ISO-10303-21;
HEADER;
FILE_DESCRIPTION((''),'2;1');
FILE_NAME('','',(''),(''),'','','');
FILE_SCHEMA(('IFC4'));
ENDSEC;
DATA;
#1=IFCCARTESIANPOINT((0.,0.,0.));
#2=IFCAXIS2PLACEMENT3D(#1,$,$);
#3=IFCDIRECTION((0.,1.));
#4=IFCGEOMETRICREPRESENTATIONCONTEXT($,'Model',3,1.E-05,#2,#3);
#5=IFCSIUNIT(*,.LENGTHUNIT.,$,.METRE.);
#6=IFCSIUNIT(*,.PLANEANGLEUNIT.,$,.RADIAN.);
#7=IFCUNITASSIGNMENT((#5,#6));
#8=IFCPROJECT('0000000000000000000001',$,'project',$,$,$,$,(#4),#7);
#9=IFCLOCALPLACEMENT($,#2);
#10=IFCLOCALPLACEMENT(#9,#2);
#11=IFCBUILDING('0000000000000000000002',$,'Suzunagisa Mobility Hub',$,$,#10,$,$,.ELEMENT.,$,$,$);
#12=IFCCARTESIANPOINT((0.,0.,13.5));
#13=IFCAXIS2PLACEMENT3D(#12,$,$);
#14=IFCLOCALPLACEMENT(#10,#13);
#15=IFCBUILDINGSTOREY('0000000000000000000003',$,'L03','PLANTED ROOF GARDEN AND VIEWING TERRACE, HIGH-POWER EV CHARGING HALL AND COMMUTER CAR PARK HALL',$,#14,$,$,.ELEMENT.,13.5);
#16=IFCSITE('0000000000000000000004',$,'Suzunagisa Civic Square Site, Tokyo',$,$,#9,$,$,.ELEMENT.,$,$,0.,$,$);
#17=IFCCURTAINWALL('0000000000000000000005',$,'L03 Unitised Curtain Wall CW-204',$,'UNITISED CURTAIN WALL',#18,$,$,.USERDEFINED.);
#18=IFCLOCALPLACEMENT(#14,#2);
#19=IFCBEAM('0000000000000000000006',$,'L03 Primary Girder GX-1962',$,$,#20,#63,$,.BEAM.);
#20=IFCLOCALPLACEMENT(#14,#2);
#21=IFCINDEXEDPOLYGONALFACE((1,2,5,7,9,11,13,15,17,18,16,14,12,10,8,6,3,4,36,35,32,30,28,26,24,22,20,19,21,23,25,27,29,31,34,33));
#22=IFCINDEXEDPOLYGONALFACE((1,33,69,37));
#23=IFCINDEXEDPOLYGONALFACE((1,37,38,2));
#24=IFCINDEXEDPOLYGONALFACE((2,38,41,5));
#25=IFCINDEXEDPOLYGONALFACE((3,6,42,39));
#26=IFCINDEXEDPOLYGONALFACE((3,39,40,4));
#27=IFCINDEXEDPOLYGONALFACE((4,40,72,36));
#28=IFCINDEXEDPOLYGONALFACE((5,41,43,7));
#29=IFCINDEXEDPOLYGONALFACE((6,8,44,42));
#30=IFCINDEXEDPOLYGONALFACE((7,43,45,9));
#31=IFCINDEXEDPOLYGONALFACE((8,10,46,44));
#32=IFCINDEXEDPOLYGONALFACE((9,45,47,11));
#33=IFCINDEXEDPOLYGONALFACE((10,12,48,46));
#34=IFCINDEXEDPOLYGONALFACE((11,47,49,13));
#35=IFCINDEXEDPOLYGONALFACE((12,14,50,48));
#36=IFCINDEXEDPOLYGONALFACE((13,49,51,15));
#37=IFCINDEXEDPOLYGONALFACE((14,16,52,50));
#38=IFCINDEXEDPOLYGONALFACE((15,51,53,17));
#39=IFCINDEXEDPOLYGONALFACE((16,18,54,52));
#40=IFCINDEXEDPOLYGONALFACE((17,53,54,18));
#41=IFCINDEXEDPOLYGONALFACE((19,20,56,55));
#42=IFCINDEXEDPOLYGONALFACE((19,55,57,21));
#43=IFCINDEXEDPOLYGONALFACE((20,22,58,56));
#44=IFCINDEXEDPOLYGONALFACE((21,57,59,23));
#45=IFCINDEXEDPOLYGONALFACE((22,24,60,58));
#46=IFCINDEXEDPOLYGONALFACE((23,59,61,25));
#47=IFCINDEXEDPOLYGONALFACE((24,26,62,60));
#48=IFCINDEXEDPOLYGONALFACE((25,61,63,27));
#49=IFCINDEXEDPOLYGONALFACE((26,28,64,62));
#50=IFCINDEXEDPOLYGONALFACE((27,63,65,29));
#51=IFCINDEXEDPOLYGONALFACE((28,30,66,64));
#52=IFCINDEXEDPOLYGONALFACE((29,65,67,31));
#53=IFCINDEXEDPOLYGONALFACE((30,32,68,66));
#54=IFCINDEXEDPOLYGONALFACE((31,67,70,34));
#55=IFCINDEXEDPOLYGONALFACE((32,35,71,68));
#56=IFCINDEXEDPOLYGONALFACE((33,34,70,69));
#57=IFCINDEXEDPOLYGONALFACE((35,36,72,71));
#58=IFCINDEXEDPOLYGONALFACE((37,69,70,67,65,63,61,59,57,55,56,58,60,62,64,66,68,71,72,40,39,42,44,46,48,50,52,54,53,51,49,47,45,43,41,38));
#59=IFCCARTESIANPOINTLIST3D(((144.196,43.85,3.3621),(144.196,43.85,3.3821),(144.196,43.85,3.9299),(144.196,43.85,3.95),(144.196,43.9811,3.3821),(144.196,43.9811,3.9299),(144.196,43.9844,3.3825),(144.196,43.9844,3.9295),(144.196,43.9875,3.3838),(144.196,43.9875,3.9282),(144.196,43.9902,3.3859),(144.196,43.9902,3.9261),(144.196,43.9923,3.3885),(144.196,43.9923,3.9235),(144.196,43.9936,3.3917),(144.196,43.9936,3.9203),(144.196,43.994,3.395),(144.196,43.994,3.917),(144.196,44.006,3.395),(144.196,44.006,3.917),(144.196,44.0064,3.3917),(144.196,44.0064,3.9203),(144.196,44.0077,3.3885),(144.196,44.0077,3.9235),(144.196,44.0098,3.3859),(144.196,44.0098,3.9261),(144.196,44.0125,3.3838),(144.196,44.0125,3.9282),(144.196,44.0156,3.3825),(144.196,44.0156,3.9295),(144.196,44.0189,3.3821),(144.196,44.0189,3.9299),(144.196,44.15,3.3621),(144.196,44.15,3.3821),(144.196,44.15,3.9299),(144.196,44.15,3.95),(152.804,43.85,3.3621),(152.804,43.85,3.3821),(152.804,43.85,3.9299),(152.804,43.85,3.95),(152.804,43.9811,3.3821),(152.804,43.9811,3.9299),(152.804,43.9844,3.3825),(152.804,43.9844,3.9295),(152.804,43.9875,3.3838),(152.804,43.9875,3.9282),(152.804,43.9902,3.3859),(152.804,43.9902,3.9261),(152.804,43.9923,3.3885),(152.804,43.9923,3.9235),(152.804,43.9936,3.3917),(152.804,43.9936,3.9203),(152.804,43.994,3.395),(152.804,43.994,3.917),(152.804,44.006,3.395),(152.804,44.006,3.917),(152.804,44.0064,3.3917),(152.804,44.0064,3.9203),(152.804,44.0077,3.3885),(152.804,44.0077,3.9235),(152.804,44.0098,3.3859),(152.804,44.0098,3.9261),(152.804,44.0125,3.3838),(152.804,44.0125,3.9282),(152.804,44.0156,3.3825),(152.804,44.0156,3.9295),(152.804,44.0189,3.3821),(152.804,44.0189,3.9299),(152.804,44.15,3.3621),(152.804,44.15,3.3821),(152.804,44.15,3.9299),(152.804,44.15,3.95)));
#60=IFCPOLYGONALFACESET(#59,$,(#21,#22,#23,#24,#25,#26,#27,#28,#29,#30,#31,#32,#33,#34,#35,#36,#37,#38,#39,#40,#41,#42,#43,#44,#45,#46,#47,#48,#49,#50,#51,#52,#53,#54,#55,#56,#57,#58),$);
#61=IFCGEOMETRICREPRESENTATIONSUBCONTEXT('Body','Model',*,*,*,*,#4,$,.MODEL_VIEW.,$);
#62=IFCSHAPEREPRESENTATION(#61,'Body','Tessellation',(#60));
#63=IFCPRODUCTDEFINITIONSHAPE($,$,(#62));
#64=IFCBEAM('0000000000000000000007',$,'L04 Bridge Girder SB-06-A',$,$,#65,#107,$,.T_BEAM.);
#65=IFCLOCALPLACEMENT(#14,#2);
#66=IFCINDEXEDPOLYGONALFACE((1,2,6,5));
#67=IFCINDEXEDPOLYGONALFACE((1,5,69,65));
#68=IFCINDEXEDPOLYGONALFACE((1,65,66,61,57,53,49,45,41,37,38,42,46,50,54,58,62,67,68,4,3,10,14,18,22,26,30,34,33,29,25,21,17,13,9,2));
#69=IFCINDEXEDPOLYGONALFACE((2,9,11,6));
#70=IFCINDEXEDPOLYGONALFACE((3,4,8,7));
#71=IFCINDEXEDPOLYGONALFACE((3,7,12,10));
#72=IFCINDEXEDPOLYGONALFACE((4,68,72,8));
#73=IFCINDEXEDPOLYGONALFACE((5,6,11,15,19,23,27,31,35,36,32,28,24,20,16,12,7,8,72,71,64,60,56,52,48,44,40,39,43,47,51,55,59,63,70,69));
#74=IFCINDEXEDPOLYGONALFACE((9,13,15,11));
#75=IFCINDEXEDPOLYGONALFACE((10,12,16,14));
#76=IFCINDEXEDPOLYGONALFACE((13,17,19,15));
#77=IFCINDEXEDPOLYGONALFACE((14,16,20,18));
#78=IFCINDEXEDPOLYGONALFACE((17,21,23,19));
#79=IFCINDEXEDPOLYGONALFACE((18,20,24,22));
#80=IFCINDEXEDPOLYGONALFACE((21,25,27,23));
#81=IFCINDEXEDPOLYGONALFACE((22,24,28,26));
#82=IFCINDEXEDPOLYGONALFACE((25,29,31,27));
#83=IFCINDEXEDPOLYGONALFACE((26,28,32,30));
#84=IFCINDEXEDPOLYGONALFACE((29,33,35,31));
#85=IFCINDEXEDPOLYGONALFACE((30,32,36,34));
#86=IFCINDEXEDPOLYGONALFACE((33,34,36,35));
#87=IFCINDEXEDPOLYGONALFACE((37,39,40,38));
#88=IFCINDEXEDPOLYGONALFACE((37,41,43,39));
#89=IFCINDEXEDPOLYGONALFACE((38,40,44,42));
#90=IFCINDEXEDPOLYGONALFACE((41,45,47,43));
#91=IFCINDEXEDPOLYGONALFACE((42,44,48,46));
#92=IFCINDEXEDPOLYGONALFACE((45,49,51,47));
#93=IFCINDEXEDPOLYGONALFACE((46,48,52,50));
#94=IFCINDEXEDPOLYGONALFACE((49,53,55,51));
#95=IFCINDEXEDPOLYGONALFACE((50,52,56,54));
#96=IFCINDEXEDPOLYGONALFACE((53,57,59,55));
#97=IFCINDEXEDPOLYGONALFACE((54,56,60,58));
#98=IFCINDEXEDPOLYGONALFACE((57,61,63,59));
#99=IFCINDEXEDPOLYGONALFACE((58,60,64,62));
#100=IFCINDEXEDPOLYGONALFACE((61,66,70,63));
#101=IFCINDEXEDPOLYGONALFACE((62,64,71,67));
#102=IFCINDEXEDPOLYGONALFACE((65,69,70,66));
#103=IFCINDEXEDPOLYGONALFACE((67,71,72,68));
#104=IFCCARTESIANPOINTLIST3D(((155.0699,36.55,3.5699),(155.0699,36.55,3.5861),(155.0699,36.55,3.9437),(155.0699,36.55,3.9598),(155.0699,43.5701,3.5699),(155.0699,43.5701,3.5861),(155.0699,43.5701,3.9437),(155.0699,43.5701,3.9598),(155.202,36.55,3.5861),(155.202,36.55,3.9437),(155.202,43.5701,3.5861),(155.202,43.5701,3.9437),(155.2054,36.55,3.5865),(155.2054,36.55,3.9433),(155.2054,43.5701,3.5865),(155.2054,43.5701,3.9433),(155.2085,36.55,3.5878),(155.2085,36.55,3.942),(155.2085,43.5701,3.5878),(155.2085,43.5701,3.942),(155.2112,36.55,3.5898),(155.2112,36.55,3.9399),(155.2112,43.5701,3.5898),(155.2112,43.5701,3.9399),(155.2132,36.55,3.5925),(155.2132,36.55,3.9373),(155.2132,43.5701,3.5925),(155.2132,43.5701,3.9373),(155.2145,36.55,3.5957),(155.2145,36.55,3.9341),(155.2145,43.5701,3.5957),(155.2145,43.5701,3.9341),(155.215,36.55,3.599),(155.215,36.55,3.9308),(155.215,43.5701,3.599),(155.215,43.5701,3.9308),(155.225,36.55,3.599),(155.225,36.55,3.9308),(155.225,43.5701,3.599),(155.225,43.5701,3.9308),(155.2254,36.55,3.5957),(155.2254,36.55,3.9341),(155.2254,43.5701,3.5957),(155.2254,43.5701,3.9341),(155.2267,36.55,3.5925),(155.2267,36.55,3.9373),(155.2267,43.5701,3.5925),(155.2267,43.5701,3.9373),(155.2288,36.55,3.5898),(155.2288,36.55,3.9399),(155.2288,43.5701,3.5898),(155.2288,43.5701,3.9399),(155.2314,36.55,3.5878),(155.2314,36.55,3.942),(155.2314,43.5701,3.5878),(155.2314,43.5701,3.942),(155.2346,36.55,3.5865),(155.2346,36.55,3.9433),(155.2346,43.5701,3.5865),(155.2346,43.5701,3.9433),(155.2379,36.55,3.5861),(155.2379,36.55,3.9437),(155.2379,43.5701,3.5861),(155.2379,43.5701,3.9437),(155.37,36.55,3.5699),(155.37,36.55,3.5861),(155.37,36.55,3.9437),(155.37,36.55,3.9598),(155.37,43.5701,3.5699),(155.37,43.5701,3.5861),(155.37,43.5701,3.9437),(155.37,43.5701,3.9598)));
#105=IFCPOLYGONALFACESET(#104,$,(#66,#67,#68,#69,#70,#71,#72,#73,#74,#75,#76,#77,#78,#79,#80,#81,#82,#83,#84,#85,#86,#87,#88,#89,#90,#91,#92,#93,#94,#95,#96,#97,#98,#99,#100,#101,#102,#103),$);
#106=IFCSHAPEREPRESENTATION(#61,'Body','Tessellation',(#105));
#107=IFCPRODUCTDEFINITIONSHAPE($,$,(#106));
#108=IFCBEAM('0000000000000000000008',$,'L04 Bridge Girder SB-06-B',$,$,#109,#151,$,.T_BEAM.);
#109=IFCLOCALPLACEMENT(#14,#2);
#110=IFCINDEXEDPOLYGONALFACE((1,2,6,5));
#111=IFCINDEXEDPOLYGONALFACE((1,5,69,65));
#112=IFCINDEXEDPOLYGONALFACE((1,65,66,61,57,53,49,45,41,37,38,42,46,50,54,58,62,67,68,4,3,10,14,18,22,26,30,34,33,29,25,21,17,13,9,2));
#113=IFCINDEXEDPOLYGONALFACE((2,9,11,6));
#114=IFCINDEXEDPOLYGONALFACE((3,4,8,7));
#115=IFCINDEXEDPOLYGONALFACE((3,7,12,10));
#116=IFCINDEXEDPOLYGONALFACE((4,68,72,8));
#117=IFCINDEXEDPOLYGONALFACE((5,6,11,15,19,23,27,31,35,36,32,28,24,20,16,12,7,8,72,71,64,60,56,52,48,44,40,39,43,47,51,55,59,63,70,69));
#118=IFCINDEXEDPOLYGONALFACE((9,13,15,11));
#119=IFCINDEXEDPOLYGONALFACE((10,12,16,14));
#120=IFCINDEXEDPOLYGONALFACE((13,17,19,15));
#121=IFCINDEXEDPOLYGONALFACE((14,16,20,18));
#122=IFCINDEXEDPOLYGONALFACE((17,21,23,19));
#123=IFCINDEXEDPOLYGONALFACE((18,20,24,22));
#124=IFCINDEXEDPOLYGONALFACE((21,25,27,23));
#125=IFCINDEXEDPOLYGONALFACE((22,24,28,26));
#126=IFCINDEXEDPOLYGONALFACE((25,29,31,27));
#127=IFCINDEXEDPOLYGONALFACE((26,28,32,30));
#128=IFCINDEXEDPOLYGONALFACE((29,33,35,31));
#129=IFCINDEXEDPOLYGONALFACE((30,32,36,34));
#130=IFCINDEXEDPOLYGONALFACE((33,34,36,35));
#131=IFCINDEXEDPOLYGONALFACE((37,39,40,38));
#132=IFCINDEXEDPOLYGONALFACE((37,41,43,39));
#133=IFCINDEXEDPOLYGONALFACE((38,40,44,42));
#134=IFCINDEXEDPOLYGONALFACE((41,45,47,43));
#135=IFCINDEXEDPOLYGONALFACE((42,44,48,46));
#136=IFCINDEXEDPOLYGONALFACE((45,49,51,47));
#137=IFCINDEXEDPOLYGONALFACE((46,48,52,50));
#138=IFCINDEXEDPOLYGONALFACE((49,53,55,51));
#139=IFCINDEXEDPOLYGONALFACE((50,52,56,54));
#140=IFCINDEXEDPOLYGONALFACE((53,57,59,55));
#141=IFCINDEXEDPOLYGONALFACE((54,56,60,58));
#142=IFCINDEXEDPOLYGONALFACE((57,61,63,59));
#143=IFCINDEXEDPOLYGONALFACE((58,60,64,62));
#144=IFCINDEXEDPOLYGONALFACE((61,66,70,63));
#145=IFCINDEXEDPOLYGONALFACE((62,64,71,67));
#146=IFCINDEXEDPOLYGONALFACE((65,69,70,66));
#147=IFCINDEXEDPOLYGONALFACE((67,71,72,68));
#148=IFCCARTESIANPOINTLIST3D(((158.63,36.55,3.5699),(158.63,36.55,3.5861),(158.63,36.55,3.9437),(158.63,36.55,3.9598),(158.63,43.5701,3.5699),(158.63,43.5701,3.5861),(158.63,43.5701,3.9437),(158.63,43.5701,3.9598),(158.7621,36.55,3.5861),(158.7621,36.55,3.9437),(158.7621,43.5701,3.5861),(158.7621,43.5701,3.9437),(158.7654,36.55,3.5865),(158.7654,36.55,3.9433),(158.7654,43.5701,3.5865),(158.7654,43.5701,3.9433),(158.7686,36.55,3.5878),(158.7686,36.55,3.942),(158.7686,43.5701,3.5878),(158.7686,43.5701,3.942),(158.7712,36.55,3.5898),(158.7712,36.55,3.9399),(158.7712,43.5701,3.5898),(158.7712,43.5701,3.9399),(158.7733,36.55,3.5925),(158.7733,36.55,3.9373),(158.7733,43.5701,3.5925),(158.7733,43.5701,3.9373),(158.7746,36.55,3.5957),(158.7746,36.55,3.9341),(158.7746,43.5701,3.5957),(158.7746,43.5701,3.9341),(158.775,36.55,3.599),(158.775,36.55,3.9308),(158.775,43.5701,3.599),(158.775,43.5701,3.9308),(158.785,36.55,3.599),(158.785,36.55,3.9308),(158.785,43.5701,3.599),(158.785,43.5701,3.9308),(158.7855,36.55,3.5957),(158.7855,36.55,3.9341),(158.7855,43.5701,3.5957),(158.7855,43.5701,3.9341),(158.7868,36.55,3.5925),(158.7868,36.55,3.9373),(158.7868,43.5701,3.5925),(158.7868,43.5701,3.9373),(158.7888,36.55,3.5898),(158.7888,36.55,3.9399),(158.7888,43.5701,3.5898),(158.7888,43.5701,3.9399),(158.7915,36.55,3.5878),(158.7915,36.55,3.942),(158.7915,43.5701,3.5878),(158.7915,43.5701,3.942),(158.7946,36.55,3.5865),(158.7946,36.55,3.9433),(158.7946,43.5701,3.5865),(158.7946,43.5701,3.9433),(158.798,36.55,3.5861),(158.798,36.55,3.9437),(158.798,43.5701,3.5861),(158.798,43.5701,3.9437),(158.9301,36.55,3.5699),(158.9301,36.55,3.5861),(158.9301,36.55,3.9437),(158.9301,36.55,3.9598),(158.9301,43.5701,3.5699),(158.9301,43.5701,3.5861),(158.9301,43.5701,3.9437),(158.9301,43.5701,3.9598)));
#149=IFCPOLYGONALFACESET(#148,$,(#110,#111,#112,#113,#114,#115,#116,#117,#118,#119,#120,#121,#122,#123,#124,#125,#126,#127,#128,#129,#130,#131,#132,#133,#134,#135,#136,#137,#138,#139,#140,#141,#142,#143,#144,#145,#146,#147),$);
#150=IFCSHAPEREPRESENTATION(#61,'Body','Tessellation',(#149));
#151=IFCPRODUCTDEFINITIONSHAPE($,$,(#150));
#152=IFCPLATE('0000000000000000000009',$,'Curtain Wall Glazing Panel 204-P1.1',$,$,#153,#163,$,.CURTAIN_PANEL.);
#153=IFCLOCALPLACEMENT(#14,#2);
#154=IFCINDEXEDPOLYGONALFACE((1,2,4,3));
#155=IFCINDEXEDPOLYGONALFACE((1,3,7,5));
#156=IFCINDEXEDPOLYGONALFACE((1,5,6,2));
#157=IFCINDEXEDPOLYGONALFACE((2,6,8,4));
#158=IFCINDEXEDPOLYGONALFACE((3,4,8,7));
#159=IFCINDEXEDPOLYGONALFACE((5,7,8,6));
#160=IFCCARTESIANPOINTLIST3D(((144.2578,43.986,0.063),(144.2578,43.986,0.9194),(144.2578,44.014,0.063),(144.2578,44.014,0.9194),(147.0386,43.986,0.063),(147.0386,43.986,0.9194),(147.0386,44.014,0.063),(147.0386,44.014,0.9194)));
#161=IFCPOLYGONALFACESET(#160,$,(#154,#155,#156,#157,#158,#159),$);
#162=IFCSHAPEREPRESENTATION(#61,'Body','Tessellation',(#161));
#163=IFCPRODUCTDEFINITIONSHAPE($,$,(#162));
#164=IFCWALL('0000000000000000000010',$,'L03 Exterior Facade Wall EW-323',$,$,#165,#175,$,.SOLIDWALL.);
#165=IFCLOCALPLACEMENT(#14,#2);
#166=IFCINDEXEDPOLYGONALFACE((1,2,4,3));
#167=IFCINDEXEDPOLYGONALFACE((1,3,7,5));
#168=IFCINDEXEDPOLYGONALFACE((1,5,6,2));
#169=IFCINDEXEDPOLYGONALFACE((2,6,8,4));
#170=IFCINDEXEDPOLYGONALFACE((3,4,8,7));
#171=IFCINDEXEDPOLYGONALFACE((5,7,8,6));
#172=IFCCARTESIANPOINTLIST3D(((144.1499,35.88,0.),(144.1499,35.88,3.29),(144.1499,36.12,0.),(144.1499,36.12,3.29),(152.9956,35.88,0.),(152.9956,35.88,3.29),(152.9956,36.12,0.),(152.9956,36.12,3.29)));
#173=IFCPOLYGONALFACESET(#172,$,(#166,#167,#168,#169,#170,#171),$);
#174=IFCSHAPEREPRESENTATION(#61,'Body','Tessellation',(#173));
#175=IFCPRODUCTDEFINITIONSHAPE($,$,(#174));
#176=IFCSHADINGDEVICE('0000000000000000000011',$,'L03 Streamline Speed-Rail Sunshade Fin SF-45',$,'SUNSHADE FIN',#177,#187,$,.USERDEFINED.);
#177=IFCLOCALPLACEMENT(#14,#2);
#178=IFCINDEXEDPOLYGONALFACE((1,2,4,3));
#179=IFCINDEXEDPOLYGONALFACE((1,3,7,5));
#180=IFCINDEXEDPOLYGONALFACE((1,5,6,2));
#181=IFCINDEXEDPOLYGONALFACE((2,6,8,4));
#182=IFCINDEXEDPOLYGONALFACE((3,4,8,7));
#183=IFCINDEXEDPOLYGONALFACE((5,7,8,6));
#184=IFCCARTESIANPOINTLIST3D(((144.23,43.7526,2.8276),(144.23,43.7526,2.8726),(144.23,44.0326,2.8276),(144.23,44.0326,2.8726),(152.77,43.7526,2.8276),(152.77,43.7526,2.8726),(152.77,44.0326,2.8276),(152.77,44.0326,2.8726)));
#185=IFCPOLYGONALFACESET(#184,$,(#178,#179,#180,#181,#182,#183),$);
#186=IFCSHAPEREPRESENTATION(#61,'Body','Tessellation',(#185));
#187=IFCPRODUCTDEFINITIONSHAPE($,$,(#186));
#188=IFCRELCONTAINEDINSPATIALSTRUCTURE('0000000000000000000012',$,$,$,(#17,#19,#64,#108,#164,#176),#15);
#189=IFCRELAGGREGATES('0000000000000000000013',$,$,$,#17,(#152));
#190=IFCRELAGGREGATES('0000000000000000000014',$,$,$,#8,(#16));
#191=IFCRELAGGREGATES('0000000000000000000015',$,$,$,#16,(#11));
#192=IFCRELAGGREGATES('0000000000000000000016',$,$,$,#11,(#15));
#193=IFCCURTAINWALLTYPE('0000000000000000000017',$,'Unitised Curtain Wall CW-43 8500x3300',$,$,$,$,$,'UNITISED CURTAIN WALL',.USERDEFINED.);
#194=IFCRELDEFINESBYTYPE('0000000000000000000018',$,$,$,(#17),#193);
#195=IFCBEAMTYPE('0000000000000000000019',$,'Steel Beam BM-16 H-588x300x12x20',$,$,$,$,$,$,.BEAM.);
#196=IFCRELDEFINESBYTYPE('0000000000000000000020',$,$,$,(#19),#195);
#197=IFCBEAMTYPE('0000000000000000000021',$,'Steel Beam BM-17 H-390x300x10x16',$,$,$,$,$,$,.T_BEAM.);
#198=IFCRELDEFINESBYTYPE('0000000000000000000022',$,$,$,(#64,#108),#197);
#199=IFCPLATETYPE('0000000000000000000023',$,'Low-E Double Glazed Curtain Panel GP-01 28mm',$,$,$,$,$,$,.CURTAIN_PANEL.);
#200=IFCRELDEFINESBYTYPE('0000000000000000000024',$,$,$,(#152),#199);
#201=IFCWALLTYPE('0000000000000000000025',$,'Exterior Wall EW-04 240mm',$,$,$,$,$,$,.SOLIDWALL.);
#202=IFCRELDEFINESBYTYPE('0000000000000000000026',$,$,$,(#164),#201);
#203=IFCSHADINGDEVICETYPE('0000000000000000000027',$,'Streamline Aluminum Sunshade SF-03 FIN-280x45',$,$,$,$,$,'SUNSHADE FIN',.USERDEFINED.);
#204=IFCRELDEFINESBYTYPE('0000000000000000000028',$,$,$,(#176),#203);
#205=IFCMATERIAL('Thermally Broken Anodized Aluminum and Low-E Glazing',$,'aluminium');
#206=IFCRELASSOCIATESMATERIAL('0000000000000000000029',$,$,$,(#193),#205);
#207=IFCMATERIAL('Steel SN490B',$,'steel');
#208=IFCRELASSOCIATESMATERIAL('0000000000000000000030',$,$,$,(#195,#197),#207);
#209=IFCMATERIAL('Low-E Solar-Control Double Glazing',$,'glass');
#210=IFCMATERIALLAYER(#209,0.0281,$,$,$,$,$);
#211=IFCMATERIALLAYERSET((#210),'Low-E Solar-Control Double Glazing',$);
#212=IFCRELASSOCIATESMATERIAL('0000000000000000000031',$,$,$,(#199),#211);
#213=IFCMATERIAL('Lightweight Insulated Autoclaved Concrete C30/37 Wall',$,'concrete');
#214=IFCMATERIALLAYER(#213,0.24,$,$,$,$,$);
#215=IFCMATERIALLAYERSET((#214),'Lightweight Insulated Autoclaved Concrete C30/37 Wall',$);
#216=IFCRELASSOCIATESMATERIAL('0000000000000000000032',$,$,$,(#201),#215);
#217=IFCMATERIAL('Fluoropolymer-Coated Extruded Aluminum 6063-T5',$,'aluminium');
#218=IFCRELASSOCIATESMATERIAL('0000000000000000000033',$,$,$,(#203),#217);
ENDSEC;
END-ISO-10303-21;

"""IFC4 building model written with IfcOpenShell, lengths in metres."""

from ifc_helpers import new_model, si_unit, direction, frame, frame_2d, origin, origin_2d, place, context, subcontext, project, spatial, rectangle, i_section, extrude, material, layer, layer_set, material_profile, profile_set, type_object, element, aggregate, save


model = new_model("IFC4")

# Units and contexts
model_context = context("Model", 3, precision=1e-05, world=origin(), true_north=direction((0.0, 1.0)))
body_context = subcontext(model_context, "Body", "Model", "MODEL_VIEW")
ifc_project = project(units=[si_unit("LENGTHUNIT", "METRE"), si_unit("PLANEANGLEUNIT", "RADIAN")], contexts=[model_context])

# Site, building, storey
site_placement = place(None, origin())
site = spatial("IfcSite", under=ifc_project, at=site_placement, Name="Suzunagisa Civic Square Site, Tokyo", CompositionType="ELEMENT", RefElevation=0.0)
building_placement = place(site_placement, origin())
building = spatial("IfcBuilding", under=site, at=building_placement, Name="Suzunagisa Mobility Hub", CompositionType="ELEMENT")
storey_placement = place(building_placement, frame((0.0, 0.0, 13.5)))
storey = spatial("IfcBuildingStorey", under=building, at=storey_placement, Name="L03", Description="PLANTED ROOF GARDEN AND VIEWING TERRACE, HIGH-POWER EV CHARGING HALL AND COMMUTER CAR PARK HALL", CompositionType="ELEMENT", Elevation=13.5)

# Shared definitions
ifc_material_1 = material(Name="Steel SN490B", Category="steel")

# Curtain wall
ifc_material_2 = material(Name="Thermally Broken Anodized Aluminum and Low-E Glazing", Category="aluminium")
curtain_wall_type = type_object("IfcCurtainWallType", Name="Unitised Curtain Wall CW-43 8500x3300", ElementType="UNITISED CURTAIN WALL", PredefinedType="USERDEFINED", material=ifc_material_2)
curtain_wall_placement = place(storey_placement, origin())
curtain_wall = element("IfcCurtainWall", 1, at=curtain_wall_placement, inside=storey, type_object=curtain_wall_type, Name="L03 Unitised Curtain Wall CW-204", ObjectType="UNITISED CURTAIN WALL", PredefinedType="USERDEFINED")

# Beams
ifc_material_profile_1 = material_profile(ifc_material_1, i_section(OverallWidth=0.3, OverallDepth=0.5879, WebThickness=0.012, FlangeThickness=0.02, FilletRadius=0.0129, at=origin_2d()), Name="H-588x300x12x20")
ifc_profile_set_1 = profile_set([ifc_material_profile_1], Name="Steel SN490B")
beam_type_1 = type_object("IfcBeamType", Name="Steel Beam BM-16 H-588x300x12x20", PredefinedType="BEAM", material=ifc_profile_set_1)
beam_1_placement = place(storey_placement, frame((144.196, 44.0, 3.656), z_axis=(1.0, 0.0, 0.0), x_axis=(0.0, 1.0, 0.0)))
element("IfcBeam", 2, at=beam_1_placement, inside=storey, type_object=beam_type_1, Name="L03 Primary Girder GX-1962", PredefinedType="BEAM", context=body_context, shape_type="SweptSolid", body=[
    extrude(i_section(OverallWidth=0.3, OverallDepth=0.5879, WebThickness=0.012, FlangeThickness=0.02, FilletRadius=0.0129, at=origin_2d()), origin(), (0.0, 0.0, 1.0), 8.6079),
])
ifc_material_profile_2 = material_profile(ifc_material_1, i_section(OverallWidth=0.3, OverallDepth=0.3899, WebThickness=0.01, FlangeThickness=0.0161, FilletRadius=0.0129, at=origin_2d()), Name="H-390x300x10x16")
ifc_profile_set_2 = profile_set([ifc_material_profile_2], Name="Steel SN490B")
beam_type_2 = type_object("IfcBeamType", Name="Steel Beam BM-17 H-390x300x10x16", PredefinedType="T_BEAM", material=ifc_profile_set_2)
for number, where, z_axis, x_axis, name in (
    (3, (155.22, 36.55, 3.7649), (0.0, 1.0, 0.0), (-1.0, 0.0, 0.0), "L04 Bridge Girder SB-06-A"),
    (4, (158.78, 36.55, 3.7649), (0.0, 1.0, 0.0), (-1.0, 0.0, 0.0), "L04 Bridge Girder SB-06-B"),
):
    element("IfcBeam", number, at=place(storey_placement, frame(where, z_axis=z_axis, x_axis=x_axis)), inside=storey, type_object=beam_type_2, Name=name, PredefinedType="T_BEAM", context=body_context, shape_type="SweptSolid", body=[
        extrude(i_section(OverallWidth=0.3, OverallDepth=0.3899, WebThickness=0.01, FlangeThickness=0.0161, FilletRadius=0.0129, at=origin_2d()), origin(), (0.0, 0.0, 1.0), 7.02),
    ])

# Plate
ifc_material_3 = material(Name="Low-E Solar-Control Double Glazing", Category="glass")
ifc_layer_1 = layer(ifc_material_3, 0.0281)
ifc_layer_set_1 = layer_set([ifc_layer_1], Name="Low-E Solar-Control Double Glazing")
plate_type = type_object("IfcPlateType", Name="Low-E Double Glazed Curtain Panel GP-01 28mm", PredefinedType="CURTAIN_PANEL", material=ifc_layer_set_1)
plate_placement = place(storey_placement, frame((145.6482, 44.0, 0.063), z_axis=(0.0, 0.0, 1.0), x_axis=(1.0, 0.0, 0.0)))
plate = element("IfcPlate", 5, at=plate_placement, type_object=plate_type, Name="Curtain Wall Glazing Panel 204-P1.1", PredefinedType="CURTAIN_PANEL", context=body_context, shape_type="SweptSolid", body=[
    extrude(rectangle(XDim=2.7808, YDim=0.0281, at=origin_2d()), origin(), (0.0, 0.0, 1.0), 0.8564),
])
aggregate(curtain_wall, [plate])

# Wall
ifc_material_4 = material(Name="Lightweight Insulated Autoclaved Concrete C30/37 Wall", Category="concrete")
ifc_layer_2 = layer(ifc_material_4, 0.24)
ifc_layer_set_2 = layer_set([ifc_layer_2], Name="Lightweight Insulated Autoclaved Concrete C30/37 Wall")
wall_type = type_object("IfcWallType", Name="Exterior Wall EW-04 240mm", PredefinedType="SOLIDWALL", material=ifc_layer_set_2)
wall_placement = place(storey_placement, frame((152.9956, 36.0, 0.0), z_axis=(0.0, 0.0, 1.0), x_axis=(-1.0, 0.0, 0.0)))
element("IfcWall", 6, at=wall_placement, inside=storey, type_object=wall_type, Name="L03 Exterior Facade Wall EW-323", PredefinedType="SOLIDWALL", context=body_context, shape_type="SweptSolid", body=[
    extrude(rectangle(XDim=8.8457, YDim=0.24, at=frame_2d((4.4229, 0.0))), origin(), (0.0, 0.0, 1.0), 3.29),
])

# Shading device
ifc_material_5 = material(Name="Fluoropolymer-Coated Extruded Aluminum 6063-T5", Category="aluminium")
ifc_material_profile_3 = material_profile(ifc_material_5, rectangle(XDim=0.28, YDim=0.0449, at=origin_2d()), Name="FIN-280x45")
ifc_profile_set_3 = profile_set([ifc_material_profile_3], Name="Fluoropolymer-Coated Extruded Aluminum 6063-T5")
shading_device_type = type_object("IfcShadingDeviceType", Name="Streamline Aluminum Sunshade SF-03 FIN-280x45", ElementType="SUNSHADE FIN", PredefinedType="USERDEFINED", material=ifc_profile_set_3)
shading_device_placement = place(storey_placement, frame((144.23, 43.8926, 2.8501), z_axis=(1.0, 0.0, 0.0), x_axis=(0.0, 1.0, 0.0)))
element("IfcShadingDevice", 7, at=shading_device_placement, inside=storey, type_object=shading_device_type, Name="L03 Streamline Speed-Rail Sunshade Fin SF-45", ObjectType="SUNSHADE FIN", PredefinedType="USERDEFINED", context=body_context, shape_type="SweptSolid", body=[
    extrude(rectangle(XDim=0.28, YDim=0.0449, at=origin_2d()), origin(), (0.0, 0.0, 1.0), 8.54),
])

save(model, "model.ifc")
